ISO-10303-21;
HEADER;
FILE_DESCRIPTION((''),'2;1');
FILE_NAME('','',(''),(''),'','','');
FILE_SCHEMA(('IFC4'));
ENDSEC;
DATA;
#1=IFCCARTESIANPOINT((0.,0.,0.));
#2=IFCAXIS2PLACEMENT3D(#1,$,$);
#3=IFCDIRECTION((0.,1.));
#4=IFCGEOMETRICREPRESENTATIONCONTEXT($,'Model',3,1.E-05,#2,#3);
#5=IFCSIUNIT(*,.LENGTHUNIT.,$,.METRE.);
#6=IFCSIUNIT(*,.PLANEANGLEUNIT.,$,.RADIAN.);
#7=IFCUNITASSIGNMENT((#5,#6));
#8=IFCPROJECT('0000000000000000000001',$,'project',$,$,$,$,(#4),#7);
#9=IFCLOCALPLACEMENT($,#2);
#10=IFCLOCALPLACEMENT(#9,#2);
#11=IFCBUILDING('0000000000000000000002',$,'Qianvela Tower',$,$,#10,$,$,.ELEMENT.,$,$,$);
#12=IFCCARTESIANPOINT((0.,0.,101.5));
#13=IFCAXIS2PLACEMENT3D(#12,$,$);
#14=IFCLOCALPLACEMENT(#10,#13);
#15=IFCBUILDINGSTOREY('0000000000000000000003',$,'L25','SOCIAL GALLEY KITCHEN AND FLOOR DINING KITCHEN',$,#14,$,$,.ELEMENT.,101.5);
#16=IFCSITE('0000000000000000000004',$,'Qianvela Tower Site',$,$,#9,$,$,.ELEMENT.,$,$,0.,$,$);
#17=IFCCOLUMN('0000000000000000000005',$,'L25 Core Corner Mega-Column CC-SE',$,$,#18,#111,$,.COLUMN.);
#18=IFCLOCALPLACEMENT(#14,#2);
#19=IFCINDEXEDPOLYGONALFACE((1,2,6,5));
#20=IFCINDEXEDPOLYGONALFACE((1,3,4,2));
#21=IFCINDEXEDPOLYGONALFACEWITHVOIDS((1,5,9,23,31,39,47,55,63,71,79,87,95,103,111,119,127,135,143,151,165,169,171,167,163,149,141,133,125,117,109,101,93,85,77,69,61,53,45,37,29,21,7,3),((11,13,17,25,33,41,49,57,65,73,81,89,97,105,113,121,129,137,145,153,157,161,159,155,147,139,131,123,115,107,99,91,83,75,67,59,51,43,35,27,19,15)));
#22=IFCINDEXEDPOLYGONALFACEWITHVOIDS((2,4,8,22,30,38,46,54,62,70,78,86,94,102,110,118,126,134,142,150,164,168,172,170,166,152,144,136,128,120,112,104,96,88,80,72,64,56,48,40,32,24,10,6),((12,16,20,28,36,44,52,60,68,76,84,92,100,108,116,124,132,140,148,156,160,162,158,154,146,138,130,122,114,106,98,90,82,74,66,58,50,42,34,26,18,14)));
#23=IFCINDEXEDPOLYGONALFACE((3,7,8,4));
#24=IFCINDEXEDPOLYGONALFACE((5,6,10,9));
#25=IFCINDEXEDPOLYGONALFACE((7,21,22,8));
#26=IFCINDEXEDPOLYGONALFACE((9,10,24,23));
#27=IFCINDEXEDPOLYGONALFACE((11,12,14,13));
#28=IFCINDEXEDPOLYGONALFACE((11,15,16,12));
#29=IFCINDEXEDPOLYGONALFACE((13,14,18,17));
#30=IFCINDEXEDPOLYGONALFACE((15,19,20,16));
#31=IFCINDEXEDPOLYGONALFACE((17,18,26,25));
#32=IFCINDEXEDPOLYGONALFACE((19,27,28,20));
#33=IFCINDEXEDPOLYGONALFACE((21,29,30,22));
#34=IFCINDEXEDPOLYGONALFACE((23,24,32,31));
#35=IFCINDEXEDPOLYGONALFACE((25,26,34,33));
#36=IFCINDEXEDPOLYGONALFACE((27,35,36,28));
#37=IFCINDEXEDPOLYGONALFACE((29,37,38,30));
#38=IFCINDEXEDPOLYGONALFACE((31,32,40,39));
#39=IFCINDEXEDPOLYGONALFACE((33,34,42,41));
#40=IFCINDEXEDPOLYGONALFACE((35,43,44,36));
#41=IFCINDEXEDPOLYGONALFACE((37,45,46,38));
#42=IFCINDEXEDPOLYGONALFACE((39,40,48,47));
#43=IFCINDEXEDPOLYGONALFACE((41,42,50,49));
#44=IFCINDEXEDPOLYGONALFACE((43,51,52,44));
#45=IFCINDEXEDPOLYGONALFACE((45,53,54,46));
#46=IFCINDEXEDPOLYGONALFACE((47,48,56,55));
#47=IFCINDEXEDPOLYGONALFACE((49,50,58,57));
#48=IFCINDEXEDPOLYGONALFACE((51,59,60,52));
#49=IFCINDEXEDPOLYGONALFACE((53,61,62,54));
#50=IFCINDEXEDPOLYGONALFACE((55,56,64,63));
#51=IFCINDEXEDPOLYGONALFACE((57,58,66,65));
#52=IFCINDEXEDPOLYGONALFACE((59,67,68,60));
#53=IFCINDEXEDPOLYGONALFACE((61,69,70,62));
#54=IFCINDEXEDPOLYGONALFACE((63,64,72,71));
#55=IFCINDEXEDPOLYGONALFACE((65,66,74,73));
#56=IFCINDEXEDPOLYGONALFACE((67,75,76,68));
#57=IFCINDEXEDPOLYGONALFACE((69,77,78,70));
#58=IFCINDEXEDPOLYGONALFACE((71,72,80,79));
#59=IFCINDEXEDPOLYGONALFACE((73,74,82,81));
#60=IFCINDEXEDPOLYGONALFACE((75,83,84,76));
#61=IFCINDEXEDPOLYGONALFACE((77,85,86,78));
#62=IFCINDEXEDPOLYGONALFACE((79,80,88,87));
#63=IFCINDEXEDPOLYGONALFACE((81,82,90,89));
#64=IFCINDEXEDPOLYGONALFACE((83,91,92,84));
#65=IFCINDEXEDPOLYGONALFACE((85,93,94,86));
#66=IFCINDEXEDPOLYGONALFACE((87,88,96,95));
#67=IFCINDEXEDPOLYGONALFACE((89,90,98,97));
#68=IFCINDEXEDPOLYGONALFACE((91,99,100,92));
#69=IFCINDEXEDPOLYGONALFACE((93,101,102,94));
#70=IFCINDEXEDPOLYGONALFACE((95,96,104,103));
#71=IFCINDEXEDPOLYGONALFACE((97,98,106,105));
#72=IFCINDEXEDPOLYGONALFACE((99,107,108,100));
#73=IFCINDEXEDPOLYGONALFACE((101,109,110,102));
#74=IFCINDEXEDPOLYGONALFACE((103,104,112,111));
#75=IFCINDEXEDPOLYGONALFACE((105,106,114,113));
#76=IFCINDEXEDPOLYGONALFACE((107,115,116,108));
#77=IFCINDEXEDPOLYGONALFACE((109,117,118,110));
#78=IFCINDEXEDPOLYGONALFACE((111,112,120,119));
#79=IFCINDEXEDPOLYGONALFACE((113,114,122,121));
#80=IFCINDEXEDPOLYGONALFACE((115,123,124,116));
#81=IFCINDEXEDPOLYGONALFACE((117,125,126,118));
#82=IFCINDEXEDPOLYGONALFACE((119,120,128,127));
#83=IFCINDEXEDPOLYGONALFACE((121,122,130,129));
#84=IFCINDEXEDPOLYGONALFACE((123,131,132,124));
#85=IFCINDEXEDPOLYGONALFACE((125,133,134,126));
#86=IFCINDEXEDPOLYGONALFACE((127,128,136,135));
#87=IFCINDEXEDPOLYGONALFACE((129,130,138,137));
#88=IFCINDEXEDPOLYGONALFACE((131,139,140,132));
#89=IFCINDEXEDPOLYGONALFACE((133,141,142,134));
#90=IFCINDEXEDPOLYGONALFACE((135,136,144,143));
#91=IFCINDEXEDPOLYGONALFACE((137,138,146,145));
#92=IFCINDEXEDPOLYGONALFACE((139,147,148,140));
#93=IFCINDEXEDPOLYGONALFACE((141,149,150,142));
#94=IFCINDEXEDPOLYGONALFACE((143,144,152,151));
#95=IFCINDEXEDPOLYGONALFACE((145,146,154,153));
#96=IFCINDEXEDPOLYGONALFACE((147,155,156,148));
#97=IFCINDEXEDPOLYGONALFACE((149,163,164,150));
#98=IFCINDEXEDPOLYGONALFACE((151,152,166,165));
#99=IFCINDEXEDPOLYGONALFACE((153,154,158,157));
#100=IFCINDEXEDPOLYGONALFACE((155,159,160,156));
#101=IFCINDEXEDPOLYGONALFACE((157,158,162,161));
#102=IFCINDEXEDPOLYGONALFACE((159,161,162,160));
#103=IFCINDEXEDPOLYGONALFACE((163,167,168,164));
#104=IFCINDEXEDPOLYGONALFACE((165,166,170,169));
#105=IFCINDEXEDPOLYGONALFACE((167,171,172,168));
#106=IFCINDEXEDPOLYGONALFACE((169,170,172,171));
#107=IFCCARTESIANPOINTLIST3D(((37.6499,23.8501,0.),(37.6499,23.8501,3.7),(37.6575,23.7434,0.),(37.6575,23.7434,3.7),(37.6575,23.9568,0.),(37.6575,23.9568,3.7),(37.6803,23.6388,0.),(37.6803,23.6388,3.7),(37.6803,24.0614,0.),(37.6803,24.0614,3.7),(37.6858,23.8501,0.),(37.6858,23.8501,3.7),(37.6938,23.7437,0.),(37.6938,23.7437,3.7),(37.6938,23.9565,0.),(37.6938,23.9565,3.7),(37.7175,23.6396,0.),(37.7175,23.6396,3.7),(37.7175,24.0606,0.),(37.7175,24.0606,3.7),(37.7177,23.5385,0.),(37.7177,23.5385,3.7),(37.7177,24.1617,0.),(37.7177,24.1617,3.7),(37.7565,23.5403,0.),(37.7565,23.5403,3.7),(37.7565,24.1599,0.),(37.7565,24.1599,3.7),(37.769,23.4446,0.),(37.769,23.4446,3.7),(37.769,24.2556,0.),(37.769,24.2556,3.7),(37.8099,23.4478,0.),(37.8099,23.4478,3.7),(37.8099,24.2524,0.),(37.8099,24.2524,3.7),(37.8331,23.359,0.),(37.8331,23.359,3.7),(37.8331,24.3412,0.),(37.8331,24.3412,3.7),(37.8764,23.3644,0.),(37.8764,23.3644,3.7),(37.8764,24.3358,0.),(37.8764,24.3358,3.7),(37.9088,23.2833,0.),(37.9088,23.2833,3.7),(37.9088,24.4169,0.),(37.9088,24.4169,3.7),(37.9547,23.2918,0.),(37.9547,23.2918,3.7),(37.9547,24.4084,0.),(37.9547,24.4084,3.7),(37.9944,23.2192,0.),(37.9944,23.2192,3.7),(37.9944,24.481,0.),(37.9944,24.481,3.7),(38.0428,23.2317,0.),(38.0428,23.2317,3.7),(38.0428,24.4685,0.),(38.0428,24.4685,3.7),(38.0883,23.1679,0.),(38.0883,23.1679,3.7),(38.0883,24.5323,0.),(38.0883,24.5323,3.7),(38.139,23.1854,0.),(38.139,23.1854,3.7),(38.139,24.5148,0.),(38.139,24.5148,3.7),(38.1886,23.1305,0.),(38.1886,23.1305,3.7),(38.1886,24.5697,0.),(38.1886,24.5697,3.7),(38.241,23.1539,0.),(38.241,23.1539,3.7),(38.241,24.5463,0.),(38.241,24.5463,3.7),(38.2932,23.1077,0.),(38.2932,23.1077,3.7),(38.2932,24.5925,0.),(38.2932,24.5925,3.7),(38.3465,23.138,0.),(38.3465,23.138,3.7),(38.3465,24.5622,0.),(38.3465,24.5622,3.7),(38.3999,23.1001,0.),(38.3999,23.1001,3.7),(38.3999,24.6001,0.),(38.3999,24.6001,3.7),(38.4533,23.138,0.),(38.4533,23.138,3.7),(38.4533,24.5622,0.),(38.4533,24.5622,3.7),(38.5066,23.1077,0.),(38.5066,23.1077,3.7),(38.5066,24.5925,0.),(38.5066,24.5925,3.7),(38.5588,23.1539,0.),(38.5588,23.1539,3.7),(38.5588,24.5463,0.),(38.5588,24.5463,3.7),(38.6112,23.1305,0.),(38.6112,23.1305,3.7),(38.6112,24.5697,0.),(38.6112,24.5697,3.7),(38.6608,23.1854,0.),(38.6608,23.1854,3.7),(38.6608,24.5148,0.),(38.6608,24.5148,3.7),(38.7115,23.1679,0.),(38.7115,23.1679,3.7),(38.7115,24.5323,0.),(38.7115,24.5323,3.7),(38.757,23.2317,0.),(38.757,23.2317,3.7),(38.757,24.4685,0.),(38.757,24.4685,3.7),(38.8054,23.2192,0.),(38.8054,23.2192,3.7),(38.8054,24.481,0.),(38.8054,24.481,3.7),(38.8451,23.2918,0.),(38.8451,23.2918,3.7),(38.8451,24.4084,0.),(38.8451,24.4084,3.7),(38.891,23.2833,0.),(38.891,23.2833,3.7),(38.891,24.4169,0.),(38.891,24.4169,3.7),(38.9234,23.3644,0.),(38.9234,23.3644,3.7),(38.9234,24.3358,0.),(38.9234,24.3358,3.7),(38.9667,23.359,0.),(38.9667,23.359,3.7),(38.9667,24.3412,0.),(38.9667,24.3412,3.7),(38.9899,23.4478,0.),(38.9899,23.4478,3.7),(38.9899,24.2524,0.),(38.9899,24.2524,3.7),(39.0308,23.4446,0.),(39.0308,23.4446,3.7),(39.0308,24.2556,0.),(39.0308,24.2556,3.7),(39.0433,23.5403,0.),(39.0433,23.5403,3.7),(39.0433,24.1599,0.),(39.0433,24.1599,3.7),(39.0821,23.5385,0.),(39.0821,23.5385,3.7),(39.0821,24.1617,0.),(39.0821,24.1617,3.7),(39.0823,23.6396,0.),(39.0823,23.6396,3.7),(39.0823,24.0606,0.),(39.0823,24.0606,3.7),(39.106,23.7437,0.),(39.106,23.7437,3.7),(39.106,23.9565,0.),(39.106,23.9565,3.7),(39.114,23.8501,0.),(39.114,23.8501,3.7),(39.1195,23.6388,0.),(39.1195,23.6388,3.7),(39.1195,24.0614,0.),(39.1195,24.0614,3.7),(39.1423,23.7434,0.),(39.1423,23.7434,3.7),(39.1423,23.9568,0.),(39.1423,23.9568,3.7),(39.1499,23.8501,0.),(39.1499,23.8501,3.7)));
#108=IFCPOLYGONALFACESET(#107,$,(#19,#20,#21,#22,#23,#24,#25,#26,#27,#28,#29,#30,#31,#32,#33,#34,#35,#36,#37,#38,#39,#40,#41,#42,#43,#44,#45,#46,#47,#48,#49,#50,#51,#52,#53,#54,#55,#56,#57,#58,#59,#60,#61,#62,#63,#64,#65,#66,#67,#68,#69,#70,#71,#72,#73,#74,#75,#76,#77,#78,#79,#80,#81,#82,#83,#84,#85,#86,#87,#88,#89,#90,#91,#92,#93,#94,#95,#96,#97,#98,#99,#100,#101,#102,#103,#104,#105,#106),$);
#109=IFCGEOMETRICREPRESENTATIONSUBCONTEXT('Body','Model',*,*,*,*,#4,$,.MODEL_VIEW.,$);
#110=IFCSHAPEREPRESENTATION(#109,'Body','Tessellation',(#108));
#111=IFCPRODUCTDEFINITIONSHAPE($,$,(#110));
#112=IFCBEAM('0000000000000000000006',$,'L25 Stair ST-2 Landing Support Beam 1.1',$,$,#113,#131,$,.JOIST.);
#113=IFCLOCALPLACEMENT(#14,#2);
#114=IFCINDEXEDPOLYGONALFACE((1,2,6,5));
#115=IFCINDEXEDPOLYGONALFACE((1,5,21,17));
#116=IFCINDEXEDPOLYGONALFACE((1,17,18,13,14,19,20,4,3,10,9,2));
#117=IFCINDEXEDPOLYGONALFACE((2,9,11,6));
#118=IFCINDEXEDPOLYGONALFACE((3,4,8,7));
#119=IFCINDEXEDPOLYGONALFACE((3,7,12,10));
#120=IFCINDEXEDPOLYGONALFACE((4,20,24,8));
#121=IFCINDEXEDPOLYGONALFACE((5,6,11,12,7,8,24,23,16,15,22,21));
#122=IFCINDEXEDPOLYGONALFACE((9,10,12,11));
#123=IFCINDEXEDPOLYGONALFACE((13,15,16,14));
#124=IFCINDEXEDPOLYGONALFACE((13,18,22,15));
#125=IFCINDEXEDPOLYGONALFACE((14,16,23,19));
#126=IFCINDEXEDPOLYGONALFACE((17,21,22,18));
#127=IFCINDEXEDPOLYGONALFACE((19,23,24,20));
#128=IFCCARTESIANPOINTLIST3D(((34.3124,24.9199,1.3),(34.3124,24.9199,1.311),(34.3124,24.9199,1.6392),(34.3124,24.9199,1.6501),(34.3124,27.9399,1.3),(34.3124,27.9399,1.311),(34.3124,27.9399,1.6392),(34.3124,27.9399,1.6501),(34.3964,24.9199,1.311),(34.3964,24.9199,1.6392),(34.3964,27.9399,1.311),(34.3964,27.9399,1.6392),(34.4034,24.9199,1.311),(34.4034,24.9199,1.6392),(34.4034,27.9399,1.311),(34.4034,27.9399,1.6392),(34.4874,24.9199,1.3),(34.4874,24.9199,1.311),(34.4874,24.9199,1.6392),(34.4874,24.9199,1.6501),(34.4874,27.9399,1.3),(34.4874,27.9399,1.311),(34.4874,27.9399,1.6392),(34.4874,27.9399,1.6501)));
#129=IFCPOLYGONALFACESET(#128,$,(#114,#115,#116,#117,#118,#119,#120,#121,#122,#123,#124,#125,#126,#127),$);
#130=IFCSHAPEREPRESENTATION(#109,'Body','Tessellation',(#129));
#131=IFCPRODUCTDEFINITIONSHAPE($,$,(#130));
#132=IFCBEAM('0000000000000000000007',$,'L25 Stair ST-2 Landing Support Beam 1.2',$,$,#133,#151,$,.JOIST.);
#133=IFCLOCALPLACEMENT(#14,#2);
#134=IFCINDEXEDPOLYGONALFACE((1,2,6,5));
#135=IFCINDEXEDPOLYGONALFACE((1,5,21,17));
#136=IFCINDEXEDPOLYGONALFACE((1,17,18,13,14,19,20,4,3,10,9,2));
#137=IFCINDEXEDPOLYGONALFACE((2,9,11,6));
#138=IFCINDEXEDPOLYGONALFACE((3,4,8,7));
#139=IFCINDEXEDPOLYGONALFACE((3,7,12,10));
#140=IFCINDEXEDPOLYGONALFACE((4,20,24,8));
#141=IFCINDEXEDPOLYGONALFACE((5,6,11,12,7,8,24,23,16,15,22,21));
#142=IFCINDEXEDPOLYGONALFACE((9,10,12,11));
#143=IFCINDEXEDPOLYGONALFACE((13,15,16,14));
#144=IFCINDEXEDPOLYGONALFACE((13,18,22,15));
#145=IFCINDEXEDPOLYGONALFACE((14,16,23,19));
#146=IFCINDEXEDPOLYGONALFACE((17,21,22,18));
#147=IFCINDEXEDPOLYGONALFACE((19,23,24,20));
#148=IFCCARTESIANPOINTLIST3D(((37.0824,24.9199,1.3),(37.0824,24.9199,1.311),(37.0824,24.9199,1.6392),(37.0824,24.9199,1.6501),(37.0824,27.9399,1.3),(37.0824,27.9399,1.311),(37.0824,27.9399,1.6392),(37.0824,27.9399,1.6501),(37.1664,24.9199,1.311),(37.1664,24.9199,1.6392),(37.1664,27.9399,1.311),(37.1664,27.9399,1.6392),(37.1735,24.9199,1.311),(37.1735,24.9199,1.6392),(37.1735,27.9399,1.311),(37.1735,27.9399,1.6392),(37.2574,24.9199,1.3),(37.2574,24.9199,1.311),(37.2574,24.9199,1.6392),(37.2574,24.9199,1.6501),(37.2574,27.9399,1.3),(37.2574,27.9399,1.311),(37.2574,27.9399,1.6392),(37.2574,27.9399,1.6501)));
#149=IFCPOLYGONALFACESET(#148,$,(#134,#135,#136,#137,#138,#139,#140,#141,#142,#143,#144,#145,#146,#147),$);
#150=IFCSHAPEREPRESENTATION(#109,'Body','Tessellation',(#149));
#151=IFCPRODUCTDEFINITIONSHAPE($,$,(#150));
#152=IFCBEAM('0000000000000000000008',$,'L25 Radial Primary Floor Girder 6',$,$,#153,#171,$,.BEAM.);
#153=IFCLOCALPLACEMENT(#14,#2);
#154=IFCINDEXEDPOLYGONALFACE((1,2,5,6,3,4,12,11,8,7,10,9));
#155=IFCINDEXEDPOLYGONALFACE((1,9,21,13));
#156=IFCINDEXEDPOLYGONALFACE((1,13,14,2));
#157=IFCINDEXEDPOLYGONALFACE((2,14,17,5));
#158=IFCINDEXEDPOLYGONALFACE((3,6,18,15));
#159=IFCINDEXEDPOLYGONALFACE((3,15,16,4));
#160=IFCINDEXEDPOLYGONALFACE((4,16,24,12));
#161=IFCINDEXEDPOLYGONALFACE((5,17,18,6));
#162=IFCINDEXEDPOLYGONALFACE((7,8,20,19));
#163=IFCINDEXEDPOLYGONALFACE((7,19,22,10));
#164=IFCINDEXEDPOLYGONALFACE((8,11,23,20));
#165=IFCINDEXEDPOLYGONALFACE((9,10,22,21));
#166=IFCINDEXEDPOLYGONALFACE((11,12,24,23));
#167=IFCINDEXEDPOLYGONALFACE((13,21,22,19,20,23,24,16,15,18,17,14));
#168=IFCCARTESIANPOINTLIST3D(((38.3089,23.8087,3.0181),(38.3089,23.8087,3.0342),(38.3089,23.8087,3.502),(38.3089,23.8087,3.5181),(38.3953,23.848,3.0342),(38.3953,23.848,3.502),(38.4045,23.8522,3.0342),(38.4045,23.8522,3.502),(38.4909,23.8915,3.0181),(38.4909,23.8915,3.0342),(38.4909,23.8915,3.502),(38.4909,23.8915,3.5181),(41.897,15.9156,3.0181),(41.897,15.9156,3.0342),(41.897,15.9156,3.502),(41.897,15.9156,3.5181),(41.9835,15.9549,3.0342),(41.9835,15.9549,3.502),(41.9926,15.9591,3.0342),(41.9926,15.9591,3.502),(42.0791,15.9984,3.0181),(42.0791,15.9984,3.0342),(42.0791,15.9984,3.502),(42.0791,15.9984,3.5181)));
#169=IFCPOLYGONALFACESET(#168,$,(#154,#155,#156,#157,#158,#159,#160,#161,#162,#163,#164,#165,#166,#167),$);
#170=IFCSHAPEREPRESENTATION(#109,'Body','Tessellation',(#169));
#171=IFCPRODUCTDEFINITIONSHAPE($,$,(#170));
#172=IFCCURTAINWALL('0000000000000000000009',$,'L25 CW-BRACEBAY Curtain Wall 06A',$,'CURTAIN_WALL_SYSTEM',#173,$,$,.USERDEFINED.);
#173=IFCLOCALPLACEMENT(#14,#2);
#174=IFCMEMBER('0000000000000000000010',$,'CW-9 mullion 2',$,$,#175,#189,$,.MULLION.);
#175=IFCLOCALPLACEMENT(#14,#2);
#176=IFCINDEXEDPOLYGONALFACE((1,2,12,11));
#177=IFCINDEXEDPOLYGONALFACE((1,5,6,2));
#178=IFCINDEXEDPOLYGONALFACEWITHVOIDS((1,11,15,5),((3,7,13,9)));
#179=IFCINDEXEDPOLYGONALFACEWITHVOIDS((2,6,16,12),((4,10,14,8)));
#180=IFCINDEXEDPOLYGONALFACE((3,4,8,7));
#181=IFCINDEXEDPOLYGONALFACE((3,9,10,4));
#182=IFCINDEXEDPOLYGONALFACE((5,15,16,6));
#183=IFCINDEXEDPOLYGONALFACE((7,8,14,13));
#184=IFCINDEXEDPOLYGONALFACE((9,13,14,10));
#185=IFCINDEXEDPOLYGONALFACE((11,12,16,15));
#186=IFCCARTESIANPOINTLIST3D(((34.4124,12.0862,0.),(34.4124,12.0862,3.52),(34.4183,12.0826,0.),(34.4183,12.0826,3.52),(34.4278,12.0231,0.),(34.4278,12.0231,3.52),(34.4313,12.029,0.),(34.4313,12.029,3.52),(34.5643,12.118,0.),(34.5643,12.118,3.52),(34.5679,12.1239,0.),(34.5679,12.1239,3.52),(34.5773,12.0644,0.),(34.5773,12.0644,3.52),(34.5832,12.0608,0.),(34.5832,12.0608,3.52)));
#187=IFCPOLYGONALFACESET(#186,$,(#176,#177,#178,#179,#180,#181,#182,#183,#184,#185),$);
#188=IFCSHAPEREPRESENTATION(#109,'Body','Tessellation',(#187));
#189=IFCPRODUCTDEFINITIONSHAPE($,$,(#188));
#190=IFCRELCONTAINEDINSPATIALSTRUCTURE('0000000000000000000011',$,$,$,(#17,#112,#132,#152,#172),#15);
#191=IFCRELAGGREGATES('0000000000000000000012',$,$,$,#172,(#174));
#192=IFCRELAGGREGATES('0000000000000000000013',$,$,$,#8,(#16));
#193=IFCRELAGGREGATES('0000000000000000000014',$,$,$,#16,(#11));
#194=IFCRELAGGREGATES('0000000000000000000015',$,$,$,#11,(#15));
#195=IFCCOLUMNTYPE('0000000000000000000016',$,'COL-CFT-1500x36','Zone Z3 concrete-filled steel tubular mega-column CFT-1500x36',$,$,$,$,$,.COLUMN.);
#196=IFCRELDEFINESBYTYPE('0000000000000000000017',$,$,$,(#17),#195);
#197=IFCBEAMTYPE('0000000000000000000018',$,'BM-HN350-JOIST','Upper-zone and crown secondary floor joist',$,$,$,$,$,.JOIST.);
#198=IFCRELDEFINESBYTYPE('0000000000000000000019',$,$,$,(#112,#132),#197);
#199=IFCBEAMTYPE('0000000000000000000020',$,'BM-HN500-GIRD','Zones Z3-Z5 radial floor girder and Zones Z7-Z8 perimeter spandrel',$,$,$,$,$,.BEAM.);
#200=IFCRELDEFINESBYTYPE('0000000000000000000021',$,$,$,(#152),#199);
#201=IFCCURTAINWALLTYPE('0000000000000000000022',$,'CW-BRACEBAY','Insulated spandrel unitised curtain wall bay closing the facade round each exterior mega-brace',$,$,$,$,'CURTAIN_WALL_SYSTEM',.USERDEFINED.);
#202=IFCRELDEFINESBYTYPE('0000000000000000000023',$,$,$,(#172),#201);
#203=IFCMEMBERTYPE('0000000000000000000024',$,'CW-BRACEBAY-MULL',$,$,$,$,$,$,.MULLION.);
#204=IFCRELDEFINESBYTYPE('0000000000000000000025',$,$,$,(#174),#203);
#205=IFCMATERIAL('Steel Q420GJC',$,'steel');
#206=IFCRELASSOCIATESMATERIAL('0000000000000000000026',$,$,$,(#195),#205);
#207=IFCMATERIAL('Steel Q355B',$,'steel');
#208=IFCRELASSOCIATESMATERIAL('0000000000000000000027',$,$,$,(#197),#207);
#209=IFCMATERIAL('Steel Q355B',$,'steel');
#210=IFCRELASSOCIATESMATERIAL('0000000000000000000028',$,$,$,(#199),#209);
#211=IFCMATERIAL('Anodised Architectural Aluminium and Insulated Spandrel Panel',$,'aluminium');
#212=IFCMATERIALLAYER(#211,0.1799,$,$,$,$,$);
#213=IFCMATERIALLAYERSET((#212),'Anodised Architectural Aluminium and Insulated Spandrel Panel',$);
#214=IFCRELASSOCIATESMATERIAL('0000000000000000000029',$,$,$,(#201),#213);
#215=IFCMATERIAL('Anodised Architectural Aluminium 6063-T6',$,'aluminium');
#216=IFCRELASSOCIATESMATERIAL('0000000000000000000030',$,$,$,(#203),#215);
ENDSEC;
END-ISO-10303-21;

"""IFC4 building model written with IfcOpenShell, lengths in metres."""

from ifc_helpers import new_model, si_unit, direction, frame, origin, origin_2d, place, context, subcontext, project, spatial, hollow_rectangle, hollow_circle, i_section, extrude, material, layer, layer_set, material_profile, profile_set, type_object, element, aggregate, save


model = new_model("IFC4")

# Units and contexts
model_context = context("Model", 3, precision=1e-05, world=origin(), true_north=direction((0.0, 1.0)))
body_context = subcontext(model_context, "Body", "Model", "MODEL_VIEW")
ifc_project = project(units=[si_unit("LENGTHUNIT", "METRE"), si_unit("PLANEANGLEUNIT", "RADIAN")], contexts=[model_context])

# Site, building, storey
site_placement = place(None, origin())
site = spatial("IfcSite", under=ifc_project, at=site_placement, Name="Qianvela Tower Site", CompositionType="ELEMENT", RefElevation=0.0)
building_placement = place(site_placement, origin())
building = spatial("IfcBuilding", under=site, at=building_placement, Name="Qianvela Tower", CompositionType="ELEMENT")
storey_placement = place(building_placement, frame((0.0, 0.0, 101.5)))
storey = spatial("IfcBuildingStorey", under=building, at=storey_placement, Name="L25", Description="SOCIAL GALLEY KITCHEN AND FLOOR DINING KITCHEN", CompositionType="ELEMENT", Elevation=101.5)

# Column
ifc_material_1 = material(Name="Steel Q420GJC", Category="steel")
ifc_material_profile_1 = material_profile(ifc_material_1, hollow_circle(Radius=0.75, WallThickness=0.0359, at=origin_2d()), Name="CFT-1500x36")
ifc_profile_set_1 = profile_set([ifc_material_profile_1], Name="Steel Q420GJC")
column_type = type_object("IfcColumnType", Name="COL-CFT-1500x36", Description="Zone Z3 concrete-filled steel tubular mega-column CFT-1500x36", PredefinedType="COLUMN", material=ifc_profile_set_1)
column_placement = place(storey_placement, frame((38.3999, 23.8501, 0.0), z_axis=(0.0, 0.0, 1.0), x_axis=(1.0, 0.0, 0.0)))
element("IfcColumn", 1, at=column_placement, inside=storey, type_object=column_type, Name="L25 Core Corner Mega-Column CC-SE", PredefinedType="COLUMN", context=body_context, shape_type="SweptSolid", body=[
    extrude(hollow_circle(Radius=0.75, WallThickness=0.0359, at=origin_2d()), origin(), (0.0, 0.0, 1.0), 3.7),
])

# Beams
ifc_material_2 = material(Name="Steel Q355B", Category="steel")
ifc_material_profile_2 = material_profile(ifc_material_2, i_section(OverallWidth=0.175, OverallDepth=0.3501, WebThickness=0.0071, FlangeThickness=0.011, at=origin_2d()), Name="HN350x175x7x11")
ifc_profile_set_2 = profile_set([ifc_material_profile_2], Name="Steel Q355B")
beam_type_1 = type_object("IfcBeamType", Name="BM-HN350-JOIST", Description="Upper-zone and crown secondary floor joist", PredefinedType="JOIST", material=ifc_profile_set_2)
for number, where, z_axis, x_axis, name in (
    (2, (34.3999, 24.9199, 1.4751), (0.0, 1.0, 0.0), (-1.0, 0.0, 0.0), "L25 Stair ST-2 Landing Support Beam 1.1"),
    (3, (37.1699, 24.9199, 1.4751), (0.0, 1.0, 0.0), (-1.0, 0.0, 0.0), "L25 Stair ST-2 Landing Support Beam 1.2"),
):
    element("IfcBeam", number, at=place(storey_placement, frame(where, z_axis=z_axis, x_axis=x_axis)), inside=storey, type_object=beam_type_1, Name=name, PredefinedType="JOIST", context=body_context, shape_type="SweptSolid", body=[
        extrude(i_section(OverallWidth=0.175, OverallDepth=0.3501, WebThickness=0.0071, FlangeThickness=0.011, at=origin_2d()), origin(), (0.0, 0.0, 1.0), 3.02),
    ])
ifc_material_3 = material(Name="Steel Q355B", Category="steel")
ifc_material_profile_3 = material_profile(ifc_material_3, i_section(OverallWidth=0.2, OverallDepth=0.5, WebThickness=0.01, FlangeThickness=0.0161, at=origin_2d()), Name="HN500x200x10x16")
ifc_profile_set_3 = profile_set([ifc_material_profile_3], Name="Steel Q355B")
beam_type_2 = type_object("IfcBeamType", Name="BM-HN500-GIRD", Description="Zones Z3-Z5 radial floor girder and Zones Z7-Z8 perimeter spandrel", PredefinedType="BEAM", material=ifc_profile_set_3)
beam_placement = place(storey_placement, frame((38.3999, 23.8501, 3.2681), z_axis=(0.413839, -0.91035, 0.0), x_axis=(0.91035, 0.413839, 0.0)))
element("IfcBeam", 4, at=beam_placement, inside=storey, type_object=beam_type_2, Name="L25 Radial Primary Floor Girder 6", PredefinedType="BEAM", context=body_context, shape_type="SweptSolid", body=[
    extrude(i_section(OverallWidth=0.2, OverallDepth=0.5, WebThickness=0.01, FlangeThickness=0.0161, at=origin_2d()), origin(), (0.0, 0.0, 1.0), 8.6704),
])

# Curtain wall, member
ifc_material_4 = material(Name="Anodised Architectural Aluminium and Insulated Spandrel Panel", Category="aluminium")
ifc_layer_1 = layer(ifc_material_4, 0.1799)
ifc_layer_set_1 = layer_set([ifc_layer_1], Name="Anodised Architectural Aluminium and Insulated Spandrel Panel")
curtain_wall_type = type_object("IfcCurtainWallType", Name="CW-BRACEBAY", Description="Insulated spandrel unitised curtain wall bay closing the facade round each exterior mega-brace", ElementType="CURTAIN_WALL_SYSTEM", PredefinedType="USERDEFINED", material=ifc_layer_set_1)
curtain_wall_placement = place(storey_placement, origin())
curtain_wall = element("IfcCurtainWall", 5, at=curtain_wall_placement, inside=storey, type_object=curtain_wall_type, Name="L25 CW-BRACEBAY Curtain Wall 06A", ObjectType="CURTAIN_WALL_SYSTEM", PredefinedType="USERDEFINED")
ifc_material_5 = material(Name="Anodised Architectural Aluminium 6063-T6", Category="aluminium")
ifc_material_profile_4 = material_profile(ifc_material_5, hollow_rectangle(XDim=0.0649, YDim=0.1599, WallThickness=0.0049, at=origin_2d()), Name="ALU-MULL-65x160")
ifc_profile_set_4 = profile_set([ifc_material_profile_4], Name="Anodised Architectural Aluminium 6063-T6")
member_type_1 = type_object("IfcMemberType", Name="CW-BRACEBAY-MULL", PredefinedType="MULLION", material=ifc_profile_set_4)
member_1_placement = place(storey_placement, frame((34.4978, 12.0735, 0.0), z_axis=(0.0, 0.0, 1.0), x_axis=(-0.235701, 0.971826, 0.0)))
member_1 = element("IfcMember", 6, at=member_1_placement, type_object=member_type_1, Name="CW-9 mullion 2", PredefinedType="MULLION", context=body_context, shape_type="SweptSolid", body=[
    extrude(hollow_rectangle(XDim=0.0649, YDim=0.1599, WallThickness=0.0049, at=origin_2d()), origin(), (0.0, 0.0, 1.0), 3.52),
])

aggregate(curtain_wall, [member_1])

save(model, "model.ifc")
